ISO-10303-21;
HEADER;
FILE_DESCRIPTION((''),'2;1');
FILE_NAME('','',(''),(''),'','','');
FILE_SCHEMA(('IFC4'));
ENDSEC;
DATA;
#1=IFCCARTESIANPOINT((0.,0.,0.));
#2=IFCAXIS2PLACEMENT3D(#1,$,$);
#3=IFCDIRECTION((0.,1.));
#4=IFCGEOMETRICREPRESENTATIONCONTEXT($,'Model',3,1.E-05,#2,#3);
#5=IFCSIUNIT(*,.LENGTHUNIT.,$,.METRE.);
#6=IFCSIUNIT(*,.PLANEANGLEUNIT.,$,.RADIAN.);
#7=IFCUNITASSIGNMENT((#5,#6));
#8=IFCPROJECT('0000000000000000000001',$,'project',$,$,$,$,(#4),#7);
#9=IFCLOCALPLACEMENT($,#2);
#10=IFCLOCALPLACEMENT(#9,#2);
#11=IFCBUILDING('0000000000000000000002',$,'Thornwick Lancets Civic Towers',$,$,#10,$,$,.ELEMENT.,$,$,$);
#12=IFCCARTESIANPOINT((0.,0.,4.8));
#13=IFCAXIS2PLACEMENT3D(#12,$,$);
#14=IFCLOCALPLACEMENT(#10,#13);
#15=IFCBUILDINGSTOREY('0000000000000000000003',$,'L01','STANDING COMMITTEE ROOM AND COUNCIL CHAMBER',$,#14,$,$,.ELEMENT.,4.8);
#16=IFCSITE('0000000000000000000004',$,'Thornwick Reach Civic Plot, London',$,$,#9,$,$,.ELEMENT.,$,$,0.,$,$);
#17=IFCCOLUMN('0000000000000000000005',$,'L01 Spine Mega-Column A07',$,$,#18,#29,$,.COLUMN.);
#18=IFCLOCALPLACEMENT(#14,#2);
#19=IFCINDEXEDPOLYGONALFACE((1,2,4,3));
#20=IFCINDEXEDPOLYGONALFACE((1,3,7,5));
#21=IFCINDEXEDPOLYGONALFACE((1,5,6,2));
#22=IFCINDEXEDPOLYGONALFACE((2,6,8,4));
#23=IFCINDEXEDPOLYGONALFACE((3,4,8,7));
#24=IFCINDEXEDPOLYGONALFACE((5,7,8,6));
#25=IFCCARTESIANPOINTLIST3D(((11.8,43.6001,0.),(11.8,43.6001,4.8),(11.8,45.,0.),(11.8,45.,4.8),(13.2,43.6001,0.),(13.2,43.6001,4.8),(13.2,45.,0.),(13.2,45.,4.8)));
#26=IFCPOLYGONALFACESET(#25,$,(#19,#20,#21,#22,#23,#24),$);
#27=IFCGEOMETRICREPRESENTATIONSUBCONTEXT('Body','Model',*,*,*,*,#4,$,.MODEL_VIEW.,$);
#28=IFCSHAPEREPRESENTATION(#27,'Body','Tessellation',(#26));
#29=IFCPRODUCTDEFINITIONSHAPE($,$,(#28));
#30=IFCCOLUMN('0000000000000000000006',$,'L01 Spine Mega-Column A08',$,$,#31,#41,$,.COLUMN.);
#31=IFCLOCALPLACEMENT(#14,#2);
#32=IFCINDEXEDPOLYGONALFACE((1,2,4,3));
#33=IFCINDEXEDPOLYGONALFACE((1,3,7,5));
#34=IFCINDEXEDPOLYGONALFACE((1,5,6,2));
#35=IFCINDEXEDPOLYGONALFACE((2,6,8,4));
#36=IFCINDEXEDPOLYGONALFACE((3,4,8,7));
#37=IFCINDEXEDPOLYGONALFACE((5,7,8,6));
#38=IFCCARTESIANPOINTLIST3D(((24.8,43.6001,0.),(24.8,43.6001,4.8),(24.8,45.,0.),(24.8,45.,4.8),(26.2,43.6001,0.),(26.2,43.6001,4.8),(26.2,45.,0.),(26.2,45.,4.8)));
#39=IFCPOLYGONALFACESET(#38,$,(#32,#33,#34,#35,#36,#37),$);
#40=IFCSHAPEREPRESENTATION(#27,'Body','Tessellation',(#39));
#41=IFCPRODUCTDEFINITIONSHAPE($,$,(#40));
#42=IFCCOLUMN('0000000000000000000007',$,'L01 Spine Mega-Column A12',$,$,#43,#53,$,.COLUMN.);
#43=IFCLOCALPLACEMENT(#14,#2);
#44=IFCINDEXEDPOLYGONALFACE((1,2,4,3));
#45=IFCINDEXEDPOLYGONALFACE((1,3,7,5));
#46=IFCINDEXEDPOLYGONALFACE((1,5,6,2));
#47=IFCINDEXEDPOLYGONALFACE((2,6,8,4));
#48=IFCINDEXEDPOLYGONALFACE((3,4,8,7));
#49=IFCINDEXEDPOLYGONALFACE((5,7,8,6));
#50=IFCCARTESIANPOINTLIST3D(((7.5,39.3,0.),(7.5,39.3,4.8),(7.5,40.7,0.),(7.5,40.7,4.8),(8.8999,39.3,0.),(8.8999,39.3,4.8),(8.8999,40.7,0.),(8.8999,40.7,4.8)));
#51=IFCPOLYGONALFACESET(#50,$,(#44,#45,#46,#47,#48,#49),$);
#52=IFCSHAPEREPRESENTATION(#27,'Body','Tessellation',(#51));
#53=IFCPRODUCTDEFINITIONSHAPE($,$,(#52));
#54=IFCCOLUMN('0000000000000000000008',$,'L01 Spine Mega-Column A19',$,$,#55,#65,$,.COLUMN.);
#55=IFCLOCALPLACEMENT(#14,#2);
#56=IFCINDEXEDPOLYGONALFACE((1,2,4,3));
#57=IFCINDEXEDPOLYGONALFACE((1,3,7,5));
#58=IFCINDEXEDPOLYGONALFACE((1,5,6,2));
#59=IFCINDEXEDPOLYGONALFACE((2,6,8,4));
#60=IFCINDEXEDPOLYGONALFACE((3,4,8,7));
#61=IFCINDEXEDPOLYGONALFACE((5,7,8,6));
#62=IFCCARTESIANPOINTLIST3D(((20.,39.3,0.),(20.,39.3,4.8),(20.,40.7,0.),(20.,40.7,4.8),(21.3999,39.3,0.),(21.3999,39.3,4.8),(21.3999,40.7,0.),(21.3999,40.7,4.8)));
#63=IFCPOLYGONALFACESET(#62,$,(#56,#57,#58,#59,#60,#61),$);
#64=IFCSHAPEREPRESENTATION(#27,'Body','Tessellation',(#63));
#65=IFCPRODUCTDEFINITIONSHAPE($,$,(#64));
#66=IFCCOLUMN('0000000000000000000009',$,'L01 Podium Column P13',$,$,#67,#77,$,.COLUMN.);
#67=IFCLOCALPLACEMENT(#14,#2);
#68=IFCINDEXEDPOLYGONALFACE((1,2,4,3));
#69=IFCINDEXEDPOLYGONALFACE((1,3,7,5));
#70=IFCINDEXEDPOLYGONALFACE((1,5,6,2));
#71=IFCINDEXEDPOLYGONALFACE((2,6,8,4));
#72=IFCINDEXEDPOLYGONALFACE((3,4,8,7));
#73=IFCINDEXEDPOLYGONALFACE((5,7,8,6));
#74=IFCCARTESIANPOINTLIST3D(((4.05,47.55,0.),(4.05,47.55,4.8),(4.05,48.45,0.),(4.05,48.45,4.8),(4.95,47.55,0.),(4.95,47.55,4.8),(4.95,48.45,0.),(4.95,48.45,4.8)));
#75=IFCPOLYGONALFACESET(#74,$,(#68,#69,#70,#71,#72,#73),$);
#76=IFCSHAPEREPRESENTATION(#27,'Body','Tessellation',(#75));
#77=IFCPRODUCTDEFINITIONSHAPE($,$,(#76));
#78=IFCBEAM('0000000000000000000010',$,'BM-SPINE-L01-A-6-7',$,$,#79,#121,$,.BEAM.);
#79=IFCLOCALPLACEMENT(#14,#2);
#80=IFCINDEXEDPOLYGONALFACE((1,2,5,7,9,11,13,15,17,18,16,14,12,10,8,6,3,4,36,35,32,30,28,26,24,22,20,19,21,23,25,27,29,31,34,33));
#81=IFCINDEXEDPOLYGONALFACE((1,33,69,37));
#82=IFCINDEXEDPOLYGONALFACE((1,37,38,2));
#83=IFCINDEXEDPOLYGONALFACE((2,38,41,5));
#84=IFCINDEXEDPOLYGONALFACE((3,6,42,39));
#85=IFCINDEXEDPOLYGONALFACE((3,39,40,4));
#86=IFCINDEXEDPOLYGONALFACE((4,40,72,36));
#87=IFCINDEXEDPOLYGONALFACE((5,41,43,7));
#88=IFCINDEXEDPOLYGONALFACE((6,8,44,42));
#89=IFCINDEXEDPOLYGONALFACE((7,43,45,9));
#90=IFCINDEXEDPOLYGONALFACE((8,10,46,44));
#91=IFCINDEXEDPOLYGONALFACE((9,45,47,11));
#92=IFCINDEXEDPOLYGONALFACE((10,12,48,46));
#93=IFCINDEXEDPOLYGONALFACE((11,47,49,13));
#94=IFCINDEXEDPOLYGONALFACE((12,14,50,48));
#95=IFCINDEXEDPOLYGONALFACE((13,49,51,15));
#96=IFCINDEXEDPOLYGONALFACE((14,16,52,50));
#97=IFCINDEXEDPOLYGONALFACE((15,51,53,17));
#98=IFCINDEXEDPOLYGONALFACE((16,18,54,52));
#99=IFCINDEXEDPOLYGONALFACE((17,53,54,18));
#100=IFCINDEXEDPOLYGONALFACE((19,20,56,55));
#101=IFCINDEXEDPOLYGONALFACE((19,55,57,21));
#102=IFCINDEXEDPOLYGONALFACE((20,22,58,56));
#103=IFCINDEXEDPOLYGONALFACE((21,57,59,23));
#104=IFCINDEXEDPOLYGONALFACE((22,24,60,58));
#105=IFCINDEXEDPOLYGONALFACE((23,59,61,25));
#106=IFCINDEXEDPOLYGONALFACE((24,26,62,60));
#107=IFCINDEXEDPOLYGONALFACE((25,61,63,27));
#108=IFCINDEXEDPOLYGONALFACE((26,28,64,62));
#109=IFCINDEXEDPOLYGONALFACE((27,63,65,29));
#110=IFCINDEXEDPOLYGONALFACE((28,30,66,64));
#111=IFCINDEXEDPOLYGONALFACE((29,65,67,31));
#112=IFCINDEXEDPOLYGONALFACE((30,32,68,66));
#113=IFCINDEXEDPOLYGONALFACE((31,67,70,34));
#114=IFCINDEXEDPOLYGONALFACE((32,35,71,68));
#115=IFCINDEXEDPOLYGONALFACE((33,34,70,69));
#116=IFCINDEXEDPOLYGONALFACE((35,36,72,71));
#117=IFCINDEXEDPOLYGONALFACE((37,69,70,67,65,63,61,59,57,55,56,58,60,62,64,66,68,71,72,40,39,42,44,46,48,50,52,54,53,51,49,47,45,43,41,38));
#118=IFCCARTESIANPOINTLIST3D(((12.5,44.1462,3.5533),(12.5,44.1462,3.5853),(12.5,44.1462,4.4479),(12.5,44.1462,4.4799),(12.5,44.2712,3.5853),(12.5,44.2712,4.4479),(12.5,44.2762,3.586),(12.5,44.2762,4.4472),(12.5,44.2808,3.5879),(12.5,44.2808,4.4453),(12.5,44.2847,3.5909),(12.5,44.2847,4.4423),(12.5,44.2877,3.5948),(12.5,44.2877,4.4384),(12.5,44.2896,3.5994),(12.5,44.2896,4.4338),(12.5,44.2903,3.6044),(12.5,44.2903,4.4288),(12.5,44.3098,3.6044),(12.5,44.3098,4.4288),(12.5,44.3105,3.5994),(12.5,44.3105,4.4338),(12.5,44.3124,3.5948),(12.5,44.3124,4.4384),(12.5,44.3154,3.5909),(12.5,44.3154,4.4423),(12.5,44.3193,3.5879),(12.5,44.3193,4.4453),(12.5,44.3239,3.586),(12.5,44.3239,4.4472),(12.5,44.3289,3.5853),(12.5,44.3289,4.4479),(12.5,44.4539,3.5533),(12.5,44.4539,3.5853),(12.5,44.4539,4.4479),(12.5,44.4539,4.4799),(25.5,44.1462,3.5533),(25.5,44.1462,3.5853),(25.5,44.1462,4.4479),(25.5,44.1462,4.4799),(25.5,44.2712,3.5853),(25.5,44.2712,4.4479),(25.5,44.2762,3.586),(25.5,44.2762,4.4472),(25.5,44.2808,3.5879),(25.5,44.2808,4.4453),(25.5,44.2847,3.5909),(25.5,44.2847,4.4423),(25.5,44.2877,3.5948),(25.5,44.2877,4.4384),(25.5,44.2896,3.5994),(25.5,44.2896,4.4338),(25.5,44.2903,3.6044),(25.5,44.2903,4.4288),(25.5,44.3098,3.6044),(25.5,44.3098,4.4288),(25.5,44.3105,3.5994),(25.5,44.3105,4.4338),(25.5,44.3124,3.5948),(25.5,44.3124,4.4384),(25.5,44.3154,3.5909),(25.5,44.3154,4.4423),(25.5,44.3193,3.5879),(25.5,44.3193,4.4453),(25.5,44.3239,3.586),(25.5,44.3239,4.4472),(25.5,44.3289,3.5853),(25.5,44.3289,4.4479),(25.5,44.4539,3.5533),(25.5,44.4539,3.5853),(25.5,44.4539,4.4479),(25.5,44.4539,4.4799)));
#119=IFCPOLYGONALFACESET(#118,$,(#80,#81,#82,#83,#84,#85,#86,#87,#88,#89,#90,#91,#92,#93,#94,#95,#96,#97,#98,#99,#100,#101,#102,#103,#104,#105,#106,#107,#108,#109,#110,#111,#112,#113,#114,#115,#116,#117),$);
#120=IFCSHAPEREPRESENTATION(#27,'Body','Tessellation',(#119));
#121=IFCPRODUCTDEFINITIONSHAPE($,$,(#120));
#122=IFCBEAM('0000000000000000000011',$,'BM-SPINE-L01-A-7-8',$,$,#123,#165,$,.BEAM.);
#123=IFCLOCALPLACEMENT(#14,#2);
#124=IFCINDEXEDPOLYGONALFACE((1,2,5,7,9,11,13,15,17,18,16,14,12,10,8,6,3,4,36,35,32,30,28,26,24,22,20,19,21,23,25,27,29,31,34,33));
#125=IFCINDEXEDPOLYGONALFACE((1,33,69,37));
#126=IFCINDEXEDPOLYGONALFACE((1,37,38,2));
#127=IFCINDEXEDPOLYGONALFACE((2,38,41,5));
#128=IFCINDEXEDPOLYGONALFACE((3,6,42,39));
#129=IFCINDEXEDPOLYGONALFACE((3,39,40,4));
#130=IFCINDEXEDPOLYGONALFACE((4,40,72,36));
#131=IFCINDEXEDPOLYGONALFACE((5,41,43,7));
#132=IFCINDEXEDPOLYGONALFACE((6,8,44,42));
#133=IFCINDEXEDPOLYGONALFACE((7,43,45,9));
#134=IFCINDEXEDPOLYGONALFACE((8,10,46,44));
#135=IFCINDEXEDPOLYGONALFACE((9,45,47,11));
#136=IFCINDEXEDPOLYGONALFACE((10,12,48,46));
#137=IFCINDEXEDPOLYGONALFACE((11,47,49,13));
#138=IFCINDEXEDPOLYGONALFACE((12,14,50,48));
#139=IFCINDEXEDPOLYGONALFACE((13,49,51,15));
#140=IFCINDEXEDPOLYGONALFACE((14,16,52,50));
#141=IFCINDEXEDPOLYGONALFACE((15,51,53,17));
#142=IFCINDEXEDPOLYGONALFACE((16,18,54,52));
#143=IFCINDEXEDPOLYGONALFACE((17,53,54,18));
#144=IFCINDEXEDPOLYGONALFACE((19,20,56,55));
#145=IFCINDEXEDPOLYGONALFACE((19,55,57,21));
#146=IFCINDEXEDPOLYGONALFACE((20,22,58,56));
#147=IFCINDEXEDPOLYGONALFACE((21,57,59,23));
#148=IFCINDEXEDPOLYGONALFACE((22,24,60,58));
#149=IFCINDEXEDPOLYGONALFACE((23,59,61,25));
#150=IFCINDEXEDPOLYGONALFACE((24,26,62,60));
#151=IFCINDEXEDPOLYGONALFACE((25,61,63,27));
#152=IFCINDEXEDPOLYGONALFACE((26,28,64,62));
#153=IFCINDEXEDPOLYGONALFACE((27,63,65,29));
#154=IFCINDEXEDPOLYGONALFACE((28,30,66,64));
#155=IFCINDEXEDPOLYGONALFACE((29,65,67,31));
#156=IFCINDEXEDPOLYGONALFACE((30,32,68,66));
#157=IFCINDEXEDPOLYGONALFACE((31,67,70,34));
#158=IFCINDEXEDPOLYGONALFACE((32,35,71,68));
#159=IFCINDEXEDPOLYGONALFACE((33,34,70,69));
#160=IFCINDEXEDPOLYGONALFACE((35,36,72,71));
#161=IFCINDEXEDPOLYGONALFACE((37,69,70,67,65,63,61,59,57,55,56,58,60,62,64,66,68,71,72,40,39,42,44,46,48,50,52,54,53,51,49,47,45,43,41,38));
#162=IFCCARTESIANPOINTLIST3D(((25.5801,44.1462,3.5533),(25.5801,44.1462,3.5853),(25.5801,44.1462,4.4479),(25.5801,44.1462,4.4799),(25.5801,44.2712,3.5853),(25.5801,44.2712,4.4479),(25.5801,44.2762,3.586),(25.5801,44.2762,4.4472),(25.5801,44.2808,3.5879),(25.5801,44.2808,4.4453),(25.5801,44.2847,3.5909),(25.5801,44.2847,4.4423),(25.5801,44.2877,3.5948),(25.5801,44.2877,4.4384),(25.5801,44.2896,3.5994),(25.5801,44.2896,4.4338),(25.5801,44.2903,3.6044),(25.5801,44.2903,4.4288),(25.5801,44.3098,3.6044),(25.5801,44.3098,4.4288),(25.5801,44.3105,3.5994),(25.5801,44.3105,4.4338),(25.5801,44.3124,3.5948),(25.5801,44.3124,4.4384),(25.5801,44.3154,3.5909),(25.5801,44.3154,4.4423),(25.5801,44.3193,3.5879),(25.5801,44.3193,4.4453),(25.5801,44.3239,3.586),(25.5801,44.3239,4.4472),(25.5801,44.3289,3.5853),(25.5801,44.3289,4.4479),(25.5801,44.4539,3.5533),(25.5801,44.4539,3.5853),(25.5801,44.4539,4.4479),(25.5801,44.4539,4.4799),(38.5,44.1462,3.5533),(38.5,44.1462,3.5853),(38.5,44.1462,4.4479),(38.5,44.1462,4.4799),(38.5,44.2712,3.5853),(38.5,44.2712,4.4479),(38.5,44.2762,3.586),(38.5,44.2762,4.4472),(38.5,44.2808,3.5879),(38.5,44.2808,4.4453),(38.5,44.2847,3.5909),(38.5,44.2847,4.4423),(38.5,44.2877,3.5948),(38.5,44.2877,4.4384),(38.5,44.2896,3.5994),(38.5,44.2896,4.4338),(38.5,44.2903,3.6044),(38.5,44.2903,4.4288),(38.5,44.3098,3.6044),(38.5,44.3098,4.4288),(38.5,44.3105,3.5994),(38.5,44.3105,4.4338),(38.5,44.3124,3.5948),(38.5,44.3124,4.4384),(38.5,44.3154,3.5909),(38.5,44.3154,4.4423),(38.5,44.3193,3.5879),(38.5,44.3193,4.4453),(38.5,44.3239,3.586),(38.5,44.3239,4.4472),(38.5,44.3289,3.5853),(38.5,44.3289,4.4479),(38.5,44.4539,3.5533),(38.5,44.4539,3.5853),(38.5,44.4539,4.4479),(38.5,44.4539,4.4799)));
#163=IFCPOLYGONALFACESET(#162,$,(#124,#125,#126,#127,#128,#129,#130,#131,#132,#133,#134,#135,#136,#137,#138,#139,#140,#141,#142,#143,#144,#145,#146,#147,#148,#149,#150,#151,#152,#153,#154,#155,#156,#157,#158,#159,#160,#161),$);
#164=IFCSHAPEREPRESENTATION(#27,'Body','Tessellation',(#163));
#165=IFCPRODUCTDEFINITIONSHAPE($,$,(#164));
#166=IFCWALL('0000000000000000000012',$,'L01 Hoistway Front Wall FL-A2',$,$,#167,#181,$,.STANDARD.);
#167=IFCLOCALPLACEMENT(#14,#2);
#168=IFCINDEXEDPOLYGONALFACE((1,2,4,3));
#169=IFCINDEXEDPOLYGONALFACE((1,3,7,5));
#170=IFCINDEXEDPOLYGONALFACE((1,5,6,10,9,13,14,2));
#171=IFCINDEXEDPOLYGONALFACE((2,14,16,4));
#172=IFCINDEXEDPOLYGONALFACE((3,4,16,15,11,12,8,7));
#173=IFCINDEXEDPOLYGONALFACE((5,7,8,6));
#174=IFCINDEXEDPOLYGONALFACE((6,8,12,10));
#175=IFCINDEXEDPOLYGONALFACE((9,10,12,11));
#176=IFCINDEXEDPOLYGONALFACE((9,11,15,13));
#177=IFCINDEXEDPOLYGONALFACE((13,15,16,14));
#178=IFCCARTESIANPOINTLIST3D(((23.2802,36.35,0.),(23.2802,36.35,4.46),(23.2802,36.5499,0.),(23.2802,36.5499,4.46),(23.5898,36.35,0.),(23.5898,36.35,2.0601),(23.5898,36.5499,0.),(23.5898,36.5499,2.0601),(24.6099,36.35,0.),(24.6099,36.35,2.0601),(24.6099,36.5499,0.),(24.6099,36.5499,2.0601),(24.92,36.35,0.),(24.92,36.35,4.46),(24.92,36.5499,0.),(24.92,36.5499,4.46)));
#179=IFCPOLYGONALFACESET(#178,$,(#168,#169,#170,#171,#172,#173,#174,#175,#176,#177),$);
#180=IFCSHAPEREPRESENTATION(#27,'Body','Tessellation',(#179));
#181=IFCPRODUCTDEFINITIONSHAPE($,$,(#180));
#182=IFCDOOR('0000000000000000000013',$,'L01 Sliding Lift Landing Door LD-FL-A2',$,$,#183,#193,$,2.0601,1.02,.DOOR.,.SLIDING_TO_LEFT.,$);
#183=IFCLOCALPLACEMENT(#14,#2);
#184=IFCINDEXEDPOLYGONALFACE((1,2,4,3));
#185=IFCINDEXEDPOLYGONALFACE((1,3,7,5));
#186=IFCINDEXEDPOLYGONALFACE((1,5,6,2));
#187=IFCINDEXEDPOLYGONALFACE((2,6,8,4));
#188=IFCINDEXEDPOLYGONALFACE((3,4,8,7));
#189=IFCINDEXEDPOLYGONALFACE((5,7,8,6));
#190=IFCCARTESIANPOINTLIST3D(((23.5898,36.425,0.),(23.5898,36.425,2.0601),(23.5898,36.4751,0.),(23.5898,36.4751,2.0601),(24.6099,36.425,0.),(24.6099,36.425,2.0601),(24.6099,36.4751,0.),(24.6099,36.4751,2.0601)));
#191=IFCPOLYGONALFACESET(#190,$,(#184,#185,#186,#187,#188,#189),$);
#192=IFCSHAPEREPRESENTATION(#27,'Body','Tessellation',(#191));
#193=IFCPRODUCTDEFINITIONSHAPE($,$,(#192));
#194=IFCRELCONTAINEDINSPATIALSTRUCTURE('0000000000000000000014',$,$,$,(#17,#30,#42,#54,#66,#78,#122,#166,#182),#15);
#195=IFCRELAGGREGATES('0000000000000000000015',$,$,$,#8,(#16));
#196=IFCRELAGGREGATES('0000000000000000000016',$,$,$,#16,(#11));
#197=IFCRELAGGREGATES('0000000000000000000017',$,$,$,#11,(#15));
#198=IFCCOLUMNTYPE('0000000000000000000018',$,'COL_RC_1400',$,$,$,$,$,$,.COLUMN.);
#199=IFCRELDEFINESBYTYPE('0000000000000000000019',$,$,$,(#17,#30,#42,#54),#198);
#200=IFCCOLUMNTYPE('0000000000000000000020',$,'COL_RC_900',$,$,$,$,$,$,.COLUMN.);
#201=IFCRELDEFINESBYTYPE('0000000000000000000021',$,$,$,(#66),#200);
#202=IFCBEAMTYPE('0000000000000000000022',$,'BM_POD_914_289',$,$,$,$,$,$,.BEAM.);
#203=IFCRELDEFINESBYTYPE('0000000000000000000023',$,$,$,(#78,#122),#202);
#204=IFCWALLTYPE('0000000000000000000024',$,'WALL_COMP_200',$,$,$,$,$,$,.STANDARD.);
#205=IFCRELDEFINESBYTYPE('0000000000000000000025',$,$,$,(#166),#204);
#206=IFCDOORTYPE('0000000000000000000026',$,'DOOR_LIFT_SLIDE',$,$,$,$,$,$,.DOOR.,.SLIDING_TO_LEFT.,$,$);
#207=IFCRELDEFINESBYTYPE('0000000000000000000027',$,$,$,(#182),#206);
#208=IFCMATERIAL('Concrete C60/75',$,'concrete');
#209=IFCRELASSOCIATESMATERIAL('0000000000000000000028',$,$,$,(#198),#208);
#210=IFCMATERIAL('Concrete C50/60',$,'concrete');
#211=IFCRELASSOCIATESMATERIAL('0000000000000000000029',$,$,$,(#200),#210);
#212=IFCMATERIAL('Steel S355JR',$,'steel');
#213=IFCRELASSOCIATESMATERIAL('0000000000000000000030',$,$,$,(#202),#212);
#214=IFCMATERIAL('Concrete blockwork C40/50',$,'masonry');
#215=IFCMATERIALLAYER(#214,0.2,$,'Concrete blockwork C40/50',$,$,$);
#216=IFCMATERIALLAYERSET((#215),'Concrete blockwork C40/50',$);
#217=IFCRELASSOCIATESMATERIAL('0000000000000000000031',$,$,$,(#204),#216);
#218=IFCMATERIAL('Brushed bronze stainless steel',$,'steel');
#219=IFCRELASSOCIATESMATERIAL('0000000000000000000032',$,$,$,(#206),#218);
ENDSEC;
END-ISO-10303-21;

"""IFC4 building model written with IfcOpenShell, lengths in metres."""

from ifc_helpers import new_model, si_unit, direction, frame, frame_2d, origin, origin_2d, place, context, subcontext, project, spatial, rectangle, i_section, extrude, material, layer, layer_set, material_profile, profile_set, type_object, element, fill, save


model = new_model("IFC4")

# Units and contexts
model_context = context("Model", 3, precision=1e-05, world=origin(), true_north=direction((0.0, 1.0)))
body_context = subcontext(model_context, "Body", "Model", "MODEL_VIEW")
ifc_project = project(units=[si_unit("LENGTHUNIT", "METRE"), si_unit("PLANEANGLEUNIT", "RADIAN")], contexts=[model_context])

# Site, building, storey
site_placement = place(None, origin())
site = spatial("IfcSite", under=ifc_project, at=site_placement, Name="Thornwick Reach Civic Plot, London", CompositionType="ELEMENT", RefElevation=0.0)
building_placement = place(site_placement, origin())
building = spatial("IfcBuilding", under=site, at=building_placement, Name="Thornwick Lancets Civic Towers", CompositionType="ELEMENT")
storey_placement = place(building_placement, frame((0.0, 0.0, 4.8)))
storey = spatial("IfcBuildingStorey", under=building, at=storey_placement, Name="L01", Description="STANDING COMMITTEE ROOM AND COUNCIL CHAMBER", CompositionType="ELEMENT", Elevation=4.8)

# Columns
ifc_material_1 = material(Name="Concrete C60/75", Category="concrete")
ifc_material_profile_1 = material_profile(ifc_material_1, rectangle(XDim=1.3999, YDim=1.3999, at=origin_2d()), Name="RC 1400x1400")
ifc_profile_set_1 = profile_set([ifc_material_profile_1], Name="Concrete C60/75")
column_type_1 = type_object("IfcColumnType", Name="COL_RC_1400", PredefinedType="COLUMN", material=ifc_profile_set_1)
for number, where, z_axis, x_axis, name in (
    (1, (12.5, 44.3, 0.0), (0.0, 0.0, 1.0), (1.0, 0.0, 0.0), "L01 Spine Mega-Column A07"),
    (2, (25.5, 44.3, 0.0), (0.0, 0.0, 1.0), (1.0, 0.0, 0.0), "L01 Spine Mega-Column A08"),
    (3, (8.2, 40.0, 0.0), (0.0, 0.0, 1.0), (1.0, 0.0, 0.0), "L01 Spine Mega-Column A12"),
    (4, (20.7, 40.0, 0.0), (0.0, 0.0, 1.0), (1.0, 0.0, 0.0), "L01 Spine Mega-Column A19"),
):
    element("IfcColumn", number, at=place(storey_placement, frame(where, z_axis=z_axis, x_axis=x_axis)), inside=storey, type_object=column_type_1, Name=name, PredefinedType="COLUMN", context=body_context, shape_type="SweptSolid", body=[
        extrude(rectangle(XDim=1.3999, YDim=1.3999, at=origin_2d()), origin(), (0.0, 0.0, 1.0), 4.8),
    ])
ifc_material_2 = material(Name="Concrete C50/60", Category="concrete")
ifc_material_profile_2 = material_profile(ifc_material_2, rectangle(XDim=0.8999, YDim=0.8999, at=origin_2d()), Name="RC 900x900")
ifc_profile_set_2 = profile_set([ifc_material_profile_2], Name="Concrete C50/60")
column_type_2 = type_object("IfcColumnType", Name="COL_RC_900", PredefinedType="COLUMN", material=ifc_profile_set_2)
column_placement = place(storey_placement, frame((4.5, 48.0, 0.0), z_axis=(0.0, 0.0, 1.0), x_axis=(1.0, 0.0, 0.0)))
element("IfcColumn", 5, at=column_placement, inside=storey, type_object=column_type_2, Name="L01 Podium Column P13", PredefinedType="COLUMN", context=body_context, shape_type="SweptSolid", body=[
    extrude(rectangle(XDim=0.8999, YDim=0.8999, at=origin_2d()), origin(), (0.0, 0.0, 1.0), 4.8),
])

# Beams
ifc_material_3 = material(Name="Steel S355JR", Category="steel")
ifc_material_profile_3 = material_profile(ifc_material_3, i_section(OverallWidth=0.3076, OverallDepth=0.9265, WebThickness=0.0195, FlangeThickness=0.032, FilletRadius=0.019, at=origin_2d()), Name="UKB 914x305x289")
ifc_profile_set_3 = profile_set([ifc_material_profile_3], Name="Steel S355JR")
beam_type = type_object("IfcBeamType", Name="BM_POD_914_289", PredefinedType="BEAM", material=ifc_profile_set_3)
beam_1_placement = place(storey_placement, frame((12.5, 44.3, 4.0166), z_axis=(1.0, 0.0, 0.0), x_axis=(0.0, 1.0, 0.0)))
element("IfcBeam", 6, at=beam_1_placement, inside=storey, type_object=beam_type, Name="BM-SPINE-L01-A-6-7", PredefinedType="BEAM", context=body_context, shape_type="SweptSolid", body=[
    extrude(i_section(OverallWidth=0.3076, OverallDepth=0.9265, WebThickness=0.0195, FlangeThickness=0.032, FilletRadius=0.019, at=origin_2d()), origin(), (0.0, 0.0, 1.0), 13.0),
])
beam_2_placement = place(storey_placement, frame((25.5801, 44.3, 4.0166), z_axis=(1.0, 0.0, 0.0), x_axis=(0.0, 1.0, 0.0)))
element("IfcBeam", 7, at=beam_2_placement, inside=storey, type_object=beam_type, Name="BM-SPINE-L01-A-7-8", PredefinedType="BEAM", context=body_context, shape_type="SweptSolid", body=[
    extrude(i_section(OverallWidth=0.3076, OverallDepth=0.9265, WebThickness=0.0195, FlangeThickness=0.032, FilletRadius=0.019, at=origin_2d()), origin(), (0.0, 0.0, 1.0), 12.9199),
])

# Wall, opening, door
ifc_material_4 = material(Name="Concrete blockwork C40/50", Category="masonry")
ifc_layer_1 = layer(ifc_material_4, 0.2, Name="Concrete blockwork C40/50")
ifc_layer_set_1 = layer_set([ifc_layer_1], Name="Concrete blockwork C40/50")
wall_type_1 = type_object("IfcWallType", Name="WALL_COMP_200", PredefinedType="STANDARD", material=ifc_layer_set_1)
wall_1_placement = place(storey_placement, frame((24.9199, 36.45, 0.0), z_axis=(0.0, 0.0, 1.0), x_axis=(-1.0, 0.0, 0.0)))
wall_1 = element("IfcWall", 8, at=wall_1_placement, inside=storey, type_object=wall_type_1, Name="L01 Hoistway Front Wall FL-A2", PredefinedType="STANDARD", context=body_context, shape_type="SweptSolid", body=[
    extrude(rectangle(XDim=1.6399, YDim=0.2, at=frame_2d((0.8198, 0.0))), origin(), (0.0, 0.0, 1.0), 4.46),
])
opening_1_placement = place(wall_1_placement, frame((0.3101, 0.0, 0.0)))
opening_1 = element("IfcOpeningElement", 9, at=opening_1_placement, cuts=wall_1, PredefinedType="OPENING", context=body_context, shape_type="SweptSolid", body=[
    extrude(rectangle(XDim=1.02, YDim=2.0601, at=frame_2d((0.51, 1.03))), frame((0.0, 0.1099, 0.0), z_axis=(0.0, -1.0, 0.0), x_axis=(1.0, 0.0, 0.0)), (0.0, 0.0, 1.0), 0.22),
])
ifc_material_5 = material(Name="Brushed bronze stainless steel", Category="steel")
door_type_1 = type_object("IfcDoorType", Name="DOOR_LIFT_SLIDE", OperationType="SLIDING_TO_LEFT", PredefinedType="DOOR", material=ifc_material_5)
door_1_placement = place(opening_1_placement, origin())
door_1 = element("IfcDoor", 10, at=door_1_placement, inside=storey, type_object=door_type_1, Name="L01 Sliding Lift Landing Door LD-FL-A2", OperationType="SLIDING_TO_LEFT", OverallHeight=2.0601, OverallWidth=1.02, PredefinedType="DOOR", context=body_context, shape_type="SweptSolid", body=[
    extrude(rectangle(XDim=1.02, YDim=2.0601, at=frame_2d((0.51, 1.03))), frame((0.0, 0.0249, 0.0), z_axis=(0.0, -1.0, 0.0), x_axis=(1.0, 0.0, 0.0)), (0.0, 0.0, 1.0), 0.05),
])
fill(opening_1, door_1)

save(model, "model.ifc")
